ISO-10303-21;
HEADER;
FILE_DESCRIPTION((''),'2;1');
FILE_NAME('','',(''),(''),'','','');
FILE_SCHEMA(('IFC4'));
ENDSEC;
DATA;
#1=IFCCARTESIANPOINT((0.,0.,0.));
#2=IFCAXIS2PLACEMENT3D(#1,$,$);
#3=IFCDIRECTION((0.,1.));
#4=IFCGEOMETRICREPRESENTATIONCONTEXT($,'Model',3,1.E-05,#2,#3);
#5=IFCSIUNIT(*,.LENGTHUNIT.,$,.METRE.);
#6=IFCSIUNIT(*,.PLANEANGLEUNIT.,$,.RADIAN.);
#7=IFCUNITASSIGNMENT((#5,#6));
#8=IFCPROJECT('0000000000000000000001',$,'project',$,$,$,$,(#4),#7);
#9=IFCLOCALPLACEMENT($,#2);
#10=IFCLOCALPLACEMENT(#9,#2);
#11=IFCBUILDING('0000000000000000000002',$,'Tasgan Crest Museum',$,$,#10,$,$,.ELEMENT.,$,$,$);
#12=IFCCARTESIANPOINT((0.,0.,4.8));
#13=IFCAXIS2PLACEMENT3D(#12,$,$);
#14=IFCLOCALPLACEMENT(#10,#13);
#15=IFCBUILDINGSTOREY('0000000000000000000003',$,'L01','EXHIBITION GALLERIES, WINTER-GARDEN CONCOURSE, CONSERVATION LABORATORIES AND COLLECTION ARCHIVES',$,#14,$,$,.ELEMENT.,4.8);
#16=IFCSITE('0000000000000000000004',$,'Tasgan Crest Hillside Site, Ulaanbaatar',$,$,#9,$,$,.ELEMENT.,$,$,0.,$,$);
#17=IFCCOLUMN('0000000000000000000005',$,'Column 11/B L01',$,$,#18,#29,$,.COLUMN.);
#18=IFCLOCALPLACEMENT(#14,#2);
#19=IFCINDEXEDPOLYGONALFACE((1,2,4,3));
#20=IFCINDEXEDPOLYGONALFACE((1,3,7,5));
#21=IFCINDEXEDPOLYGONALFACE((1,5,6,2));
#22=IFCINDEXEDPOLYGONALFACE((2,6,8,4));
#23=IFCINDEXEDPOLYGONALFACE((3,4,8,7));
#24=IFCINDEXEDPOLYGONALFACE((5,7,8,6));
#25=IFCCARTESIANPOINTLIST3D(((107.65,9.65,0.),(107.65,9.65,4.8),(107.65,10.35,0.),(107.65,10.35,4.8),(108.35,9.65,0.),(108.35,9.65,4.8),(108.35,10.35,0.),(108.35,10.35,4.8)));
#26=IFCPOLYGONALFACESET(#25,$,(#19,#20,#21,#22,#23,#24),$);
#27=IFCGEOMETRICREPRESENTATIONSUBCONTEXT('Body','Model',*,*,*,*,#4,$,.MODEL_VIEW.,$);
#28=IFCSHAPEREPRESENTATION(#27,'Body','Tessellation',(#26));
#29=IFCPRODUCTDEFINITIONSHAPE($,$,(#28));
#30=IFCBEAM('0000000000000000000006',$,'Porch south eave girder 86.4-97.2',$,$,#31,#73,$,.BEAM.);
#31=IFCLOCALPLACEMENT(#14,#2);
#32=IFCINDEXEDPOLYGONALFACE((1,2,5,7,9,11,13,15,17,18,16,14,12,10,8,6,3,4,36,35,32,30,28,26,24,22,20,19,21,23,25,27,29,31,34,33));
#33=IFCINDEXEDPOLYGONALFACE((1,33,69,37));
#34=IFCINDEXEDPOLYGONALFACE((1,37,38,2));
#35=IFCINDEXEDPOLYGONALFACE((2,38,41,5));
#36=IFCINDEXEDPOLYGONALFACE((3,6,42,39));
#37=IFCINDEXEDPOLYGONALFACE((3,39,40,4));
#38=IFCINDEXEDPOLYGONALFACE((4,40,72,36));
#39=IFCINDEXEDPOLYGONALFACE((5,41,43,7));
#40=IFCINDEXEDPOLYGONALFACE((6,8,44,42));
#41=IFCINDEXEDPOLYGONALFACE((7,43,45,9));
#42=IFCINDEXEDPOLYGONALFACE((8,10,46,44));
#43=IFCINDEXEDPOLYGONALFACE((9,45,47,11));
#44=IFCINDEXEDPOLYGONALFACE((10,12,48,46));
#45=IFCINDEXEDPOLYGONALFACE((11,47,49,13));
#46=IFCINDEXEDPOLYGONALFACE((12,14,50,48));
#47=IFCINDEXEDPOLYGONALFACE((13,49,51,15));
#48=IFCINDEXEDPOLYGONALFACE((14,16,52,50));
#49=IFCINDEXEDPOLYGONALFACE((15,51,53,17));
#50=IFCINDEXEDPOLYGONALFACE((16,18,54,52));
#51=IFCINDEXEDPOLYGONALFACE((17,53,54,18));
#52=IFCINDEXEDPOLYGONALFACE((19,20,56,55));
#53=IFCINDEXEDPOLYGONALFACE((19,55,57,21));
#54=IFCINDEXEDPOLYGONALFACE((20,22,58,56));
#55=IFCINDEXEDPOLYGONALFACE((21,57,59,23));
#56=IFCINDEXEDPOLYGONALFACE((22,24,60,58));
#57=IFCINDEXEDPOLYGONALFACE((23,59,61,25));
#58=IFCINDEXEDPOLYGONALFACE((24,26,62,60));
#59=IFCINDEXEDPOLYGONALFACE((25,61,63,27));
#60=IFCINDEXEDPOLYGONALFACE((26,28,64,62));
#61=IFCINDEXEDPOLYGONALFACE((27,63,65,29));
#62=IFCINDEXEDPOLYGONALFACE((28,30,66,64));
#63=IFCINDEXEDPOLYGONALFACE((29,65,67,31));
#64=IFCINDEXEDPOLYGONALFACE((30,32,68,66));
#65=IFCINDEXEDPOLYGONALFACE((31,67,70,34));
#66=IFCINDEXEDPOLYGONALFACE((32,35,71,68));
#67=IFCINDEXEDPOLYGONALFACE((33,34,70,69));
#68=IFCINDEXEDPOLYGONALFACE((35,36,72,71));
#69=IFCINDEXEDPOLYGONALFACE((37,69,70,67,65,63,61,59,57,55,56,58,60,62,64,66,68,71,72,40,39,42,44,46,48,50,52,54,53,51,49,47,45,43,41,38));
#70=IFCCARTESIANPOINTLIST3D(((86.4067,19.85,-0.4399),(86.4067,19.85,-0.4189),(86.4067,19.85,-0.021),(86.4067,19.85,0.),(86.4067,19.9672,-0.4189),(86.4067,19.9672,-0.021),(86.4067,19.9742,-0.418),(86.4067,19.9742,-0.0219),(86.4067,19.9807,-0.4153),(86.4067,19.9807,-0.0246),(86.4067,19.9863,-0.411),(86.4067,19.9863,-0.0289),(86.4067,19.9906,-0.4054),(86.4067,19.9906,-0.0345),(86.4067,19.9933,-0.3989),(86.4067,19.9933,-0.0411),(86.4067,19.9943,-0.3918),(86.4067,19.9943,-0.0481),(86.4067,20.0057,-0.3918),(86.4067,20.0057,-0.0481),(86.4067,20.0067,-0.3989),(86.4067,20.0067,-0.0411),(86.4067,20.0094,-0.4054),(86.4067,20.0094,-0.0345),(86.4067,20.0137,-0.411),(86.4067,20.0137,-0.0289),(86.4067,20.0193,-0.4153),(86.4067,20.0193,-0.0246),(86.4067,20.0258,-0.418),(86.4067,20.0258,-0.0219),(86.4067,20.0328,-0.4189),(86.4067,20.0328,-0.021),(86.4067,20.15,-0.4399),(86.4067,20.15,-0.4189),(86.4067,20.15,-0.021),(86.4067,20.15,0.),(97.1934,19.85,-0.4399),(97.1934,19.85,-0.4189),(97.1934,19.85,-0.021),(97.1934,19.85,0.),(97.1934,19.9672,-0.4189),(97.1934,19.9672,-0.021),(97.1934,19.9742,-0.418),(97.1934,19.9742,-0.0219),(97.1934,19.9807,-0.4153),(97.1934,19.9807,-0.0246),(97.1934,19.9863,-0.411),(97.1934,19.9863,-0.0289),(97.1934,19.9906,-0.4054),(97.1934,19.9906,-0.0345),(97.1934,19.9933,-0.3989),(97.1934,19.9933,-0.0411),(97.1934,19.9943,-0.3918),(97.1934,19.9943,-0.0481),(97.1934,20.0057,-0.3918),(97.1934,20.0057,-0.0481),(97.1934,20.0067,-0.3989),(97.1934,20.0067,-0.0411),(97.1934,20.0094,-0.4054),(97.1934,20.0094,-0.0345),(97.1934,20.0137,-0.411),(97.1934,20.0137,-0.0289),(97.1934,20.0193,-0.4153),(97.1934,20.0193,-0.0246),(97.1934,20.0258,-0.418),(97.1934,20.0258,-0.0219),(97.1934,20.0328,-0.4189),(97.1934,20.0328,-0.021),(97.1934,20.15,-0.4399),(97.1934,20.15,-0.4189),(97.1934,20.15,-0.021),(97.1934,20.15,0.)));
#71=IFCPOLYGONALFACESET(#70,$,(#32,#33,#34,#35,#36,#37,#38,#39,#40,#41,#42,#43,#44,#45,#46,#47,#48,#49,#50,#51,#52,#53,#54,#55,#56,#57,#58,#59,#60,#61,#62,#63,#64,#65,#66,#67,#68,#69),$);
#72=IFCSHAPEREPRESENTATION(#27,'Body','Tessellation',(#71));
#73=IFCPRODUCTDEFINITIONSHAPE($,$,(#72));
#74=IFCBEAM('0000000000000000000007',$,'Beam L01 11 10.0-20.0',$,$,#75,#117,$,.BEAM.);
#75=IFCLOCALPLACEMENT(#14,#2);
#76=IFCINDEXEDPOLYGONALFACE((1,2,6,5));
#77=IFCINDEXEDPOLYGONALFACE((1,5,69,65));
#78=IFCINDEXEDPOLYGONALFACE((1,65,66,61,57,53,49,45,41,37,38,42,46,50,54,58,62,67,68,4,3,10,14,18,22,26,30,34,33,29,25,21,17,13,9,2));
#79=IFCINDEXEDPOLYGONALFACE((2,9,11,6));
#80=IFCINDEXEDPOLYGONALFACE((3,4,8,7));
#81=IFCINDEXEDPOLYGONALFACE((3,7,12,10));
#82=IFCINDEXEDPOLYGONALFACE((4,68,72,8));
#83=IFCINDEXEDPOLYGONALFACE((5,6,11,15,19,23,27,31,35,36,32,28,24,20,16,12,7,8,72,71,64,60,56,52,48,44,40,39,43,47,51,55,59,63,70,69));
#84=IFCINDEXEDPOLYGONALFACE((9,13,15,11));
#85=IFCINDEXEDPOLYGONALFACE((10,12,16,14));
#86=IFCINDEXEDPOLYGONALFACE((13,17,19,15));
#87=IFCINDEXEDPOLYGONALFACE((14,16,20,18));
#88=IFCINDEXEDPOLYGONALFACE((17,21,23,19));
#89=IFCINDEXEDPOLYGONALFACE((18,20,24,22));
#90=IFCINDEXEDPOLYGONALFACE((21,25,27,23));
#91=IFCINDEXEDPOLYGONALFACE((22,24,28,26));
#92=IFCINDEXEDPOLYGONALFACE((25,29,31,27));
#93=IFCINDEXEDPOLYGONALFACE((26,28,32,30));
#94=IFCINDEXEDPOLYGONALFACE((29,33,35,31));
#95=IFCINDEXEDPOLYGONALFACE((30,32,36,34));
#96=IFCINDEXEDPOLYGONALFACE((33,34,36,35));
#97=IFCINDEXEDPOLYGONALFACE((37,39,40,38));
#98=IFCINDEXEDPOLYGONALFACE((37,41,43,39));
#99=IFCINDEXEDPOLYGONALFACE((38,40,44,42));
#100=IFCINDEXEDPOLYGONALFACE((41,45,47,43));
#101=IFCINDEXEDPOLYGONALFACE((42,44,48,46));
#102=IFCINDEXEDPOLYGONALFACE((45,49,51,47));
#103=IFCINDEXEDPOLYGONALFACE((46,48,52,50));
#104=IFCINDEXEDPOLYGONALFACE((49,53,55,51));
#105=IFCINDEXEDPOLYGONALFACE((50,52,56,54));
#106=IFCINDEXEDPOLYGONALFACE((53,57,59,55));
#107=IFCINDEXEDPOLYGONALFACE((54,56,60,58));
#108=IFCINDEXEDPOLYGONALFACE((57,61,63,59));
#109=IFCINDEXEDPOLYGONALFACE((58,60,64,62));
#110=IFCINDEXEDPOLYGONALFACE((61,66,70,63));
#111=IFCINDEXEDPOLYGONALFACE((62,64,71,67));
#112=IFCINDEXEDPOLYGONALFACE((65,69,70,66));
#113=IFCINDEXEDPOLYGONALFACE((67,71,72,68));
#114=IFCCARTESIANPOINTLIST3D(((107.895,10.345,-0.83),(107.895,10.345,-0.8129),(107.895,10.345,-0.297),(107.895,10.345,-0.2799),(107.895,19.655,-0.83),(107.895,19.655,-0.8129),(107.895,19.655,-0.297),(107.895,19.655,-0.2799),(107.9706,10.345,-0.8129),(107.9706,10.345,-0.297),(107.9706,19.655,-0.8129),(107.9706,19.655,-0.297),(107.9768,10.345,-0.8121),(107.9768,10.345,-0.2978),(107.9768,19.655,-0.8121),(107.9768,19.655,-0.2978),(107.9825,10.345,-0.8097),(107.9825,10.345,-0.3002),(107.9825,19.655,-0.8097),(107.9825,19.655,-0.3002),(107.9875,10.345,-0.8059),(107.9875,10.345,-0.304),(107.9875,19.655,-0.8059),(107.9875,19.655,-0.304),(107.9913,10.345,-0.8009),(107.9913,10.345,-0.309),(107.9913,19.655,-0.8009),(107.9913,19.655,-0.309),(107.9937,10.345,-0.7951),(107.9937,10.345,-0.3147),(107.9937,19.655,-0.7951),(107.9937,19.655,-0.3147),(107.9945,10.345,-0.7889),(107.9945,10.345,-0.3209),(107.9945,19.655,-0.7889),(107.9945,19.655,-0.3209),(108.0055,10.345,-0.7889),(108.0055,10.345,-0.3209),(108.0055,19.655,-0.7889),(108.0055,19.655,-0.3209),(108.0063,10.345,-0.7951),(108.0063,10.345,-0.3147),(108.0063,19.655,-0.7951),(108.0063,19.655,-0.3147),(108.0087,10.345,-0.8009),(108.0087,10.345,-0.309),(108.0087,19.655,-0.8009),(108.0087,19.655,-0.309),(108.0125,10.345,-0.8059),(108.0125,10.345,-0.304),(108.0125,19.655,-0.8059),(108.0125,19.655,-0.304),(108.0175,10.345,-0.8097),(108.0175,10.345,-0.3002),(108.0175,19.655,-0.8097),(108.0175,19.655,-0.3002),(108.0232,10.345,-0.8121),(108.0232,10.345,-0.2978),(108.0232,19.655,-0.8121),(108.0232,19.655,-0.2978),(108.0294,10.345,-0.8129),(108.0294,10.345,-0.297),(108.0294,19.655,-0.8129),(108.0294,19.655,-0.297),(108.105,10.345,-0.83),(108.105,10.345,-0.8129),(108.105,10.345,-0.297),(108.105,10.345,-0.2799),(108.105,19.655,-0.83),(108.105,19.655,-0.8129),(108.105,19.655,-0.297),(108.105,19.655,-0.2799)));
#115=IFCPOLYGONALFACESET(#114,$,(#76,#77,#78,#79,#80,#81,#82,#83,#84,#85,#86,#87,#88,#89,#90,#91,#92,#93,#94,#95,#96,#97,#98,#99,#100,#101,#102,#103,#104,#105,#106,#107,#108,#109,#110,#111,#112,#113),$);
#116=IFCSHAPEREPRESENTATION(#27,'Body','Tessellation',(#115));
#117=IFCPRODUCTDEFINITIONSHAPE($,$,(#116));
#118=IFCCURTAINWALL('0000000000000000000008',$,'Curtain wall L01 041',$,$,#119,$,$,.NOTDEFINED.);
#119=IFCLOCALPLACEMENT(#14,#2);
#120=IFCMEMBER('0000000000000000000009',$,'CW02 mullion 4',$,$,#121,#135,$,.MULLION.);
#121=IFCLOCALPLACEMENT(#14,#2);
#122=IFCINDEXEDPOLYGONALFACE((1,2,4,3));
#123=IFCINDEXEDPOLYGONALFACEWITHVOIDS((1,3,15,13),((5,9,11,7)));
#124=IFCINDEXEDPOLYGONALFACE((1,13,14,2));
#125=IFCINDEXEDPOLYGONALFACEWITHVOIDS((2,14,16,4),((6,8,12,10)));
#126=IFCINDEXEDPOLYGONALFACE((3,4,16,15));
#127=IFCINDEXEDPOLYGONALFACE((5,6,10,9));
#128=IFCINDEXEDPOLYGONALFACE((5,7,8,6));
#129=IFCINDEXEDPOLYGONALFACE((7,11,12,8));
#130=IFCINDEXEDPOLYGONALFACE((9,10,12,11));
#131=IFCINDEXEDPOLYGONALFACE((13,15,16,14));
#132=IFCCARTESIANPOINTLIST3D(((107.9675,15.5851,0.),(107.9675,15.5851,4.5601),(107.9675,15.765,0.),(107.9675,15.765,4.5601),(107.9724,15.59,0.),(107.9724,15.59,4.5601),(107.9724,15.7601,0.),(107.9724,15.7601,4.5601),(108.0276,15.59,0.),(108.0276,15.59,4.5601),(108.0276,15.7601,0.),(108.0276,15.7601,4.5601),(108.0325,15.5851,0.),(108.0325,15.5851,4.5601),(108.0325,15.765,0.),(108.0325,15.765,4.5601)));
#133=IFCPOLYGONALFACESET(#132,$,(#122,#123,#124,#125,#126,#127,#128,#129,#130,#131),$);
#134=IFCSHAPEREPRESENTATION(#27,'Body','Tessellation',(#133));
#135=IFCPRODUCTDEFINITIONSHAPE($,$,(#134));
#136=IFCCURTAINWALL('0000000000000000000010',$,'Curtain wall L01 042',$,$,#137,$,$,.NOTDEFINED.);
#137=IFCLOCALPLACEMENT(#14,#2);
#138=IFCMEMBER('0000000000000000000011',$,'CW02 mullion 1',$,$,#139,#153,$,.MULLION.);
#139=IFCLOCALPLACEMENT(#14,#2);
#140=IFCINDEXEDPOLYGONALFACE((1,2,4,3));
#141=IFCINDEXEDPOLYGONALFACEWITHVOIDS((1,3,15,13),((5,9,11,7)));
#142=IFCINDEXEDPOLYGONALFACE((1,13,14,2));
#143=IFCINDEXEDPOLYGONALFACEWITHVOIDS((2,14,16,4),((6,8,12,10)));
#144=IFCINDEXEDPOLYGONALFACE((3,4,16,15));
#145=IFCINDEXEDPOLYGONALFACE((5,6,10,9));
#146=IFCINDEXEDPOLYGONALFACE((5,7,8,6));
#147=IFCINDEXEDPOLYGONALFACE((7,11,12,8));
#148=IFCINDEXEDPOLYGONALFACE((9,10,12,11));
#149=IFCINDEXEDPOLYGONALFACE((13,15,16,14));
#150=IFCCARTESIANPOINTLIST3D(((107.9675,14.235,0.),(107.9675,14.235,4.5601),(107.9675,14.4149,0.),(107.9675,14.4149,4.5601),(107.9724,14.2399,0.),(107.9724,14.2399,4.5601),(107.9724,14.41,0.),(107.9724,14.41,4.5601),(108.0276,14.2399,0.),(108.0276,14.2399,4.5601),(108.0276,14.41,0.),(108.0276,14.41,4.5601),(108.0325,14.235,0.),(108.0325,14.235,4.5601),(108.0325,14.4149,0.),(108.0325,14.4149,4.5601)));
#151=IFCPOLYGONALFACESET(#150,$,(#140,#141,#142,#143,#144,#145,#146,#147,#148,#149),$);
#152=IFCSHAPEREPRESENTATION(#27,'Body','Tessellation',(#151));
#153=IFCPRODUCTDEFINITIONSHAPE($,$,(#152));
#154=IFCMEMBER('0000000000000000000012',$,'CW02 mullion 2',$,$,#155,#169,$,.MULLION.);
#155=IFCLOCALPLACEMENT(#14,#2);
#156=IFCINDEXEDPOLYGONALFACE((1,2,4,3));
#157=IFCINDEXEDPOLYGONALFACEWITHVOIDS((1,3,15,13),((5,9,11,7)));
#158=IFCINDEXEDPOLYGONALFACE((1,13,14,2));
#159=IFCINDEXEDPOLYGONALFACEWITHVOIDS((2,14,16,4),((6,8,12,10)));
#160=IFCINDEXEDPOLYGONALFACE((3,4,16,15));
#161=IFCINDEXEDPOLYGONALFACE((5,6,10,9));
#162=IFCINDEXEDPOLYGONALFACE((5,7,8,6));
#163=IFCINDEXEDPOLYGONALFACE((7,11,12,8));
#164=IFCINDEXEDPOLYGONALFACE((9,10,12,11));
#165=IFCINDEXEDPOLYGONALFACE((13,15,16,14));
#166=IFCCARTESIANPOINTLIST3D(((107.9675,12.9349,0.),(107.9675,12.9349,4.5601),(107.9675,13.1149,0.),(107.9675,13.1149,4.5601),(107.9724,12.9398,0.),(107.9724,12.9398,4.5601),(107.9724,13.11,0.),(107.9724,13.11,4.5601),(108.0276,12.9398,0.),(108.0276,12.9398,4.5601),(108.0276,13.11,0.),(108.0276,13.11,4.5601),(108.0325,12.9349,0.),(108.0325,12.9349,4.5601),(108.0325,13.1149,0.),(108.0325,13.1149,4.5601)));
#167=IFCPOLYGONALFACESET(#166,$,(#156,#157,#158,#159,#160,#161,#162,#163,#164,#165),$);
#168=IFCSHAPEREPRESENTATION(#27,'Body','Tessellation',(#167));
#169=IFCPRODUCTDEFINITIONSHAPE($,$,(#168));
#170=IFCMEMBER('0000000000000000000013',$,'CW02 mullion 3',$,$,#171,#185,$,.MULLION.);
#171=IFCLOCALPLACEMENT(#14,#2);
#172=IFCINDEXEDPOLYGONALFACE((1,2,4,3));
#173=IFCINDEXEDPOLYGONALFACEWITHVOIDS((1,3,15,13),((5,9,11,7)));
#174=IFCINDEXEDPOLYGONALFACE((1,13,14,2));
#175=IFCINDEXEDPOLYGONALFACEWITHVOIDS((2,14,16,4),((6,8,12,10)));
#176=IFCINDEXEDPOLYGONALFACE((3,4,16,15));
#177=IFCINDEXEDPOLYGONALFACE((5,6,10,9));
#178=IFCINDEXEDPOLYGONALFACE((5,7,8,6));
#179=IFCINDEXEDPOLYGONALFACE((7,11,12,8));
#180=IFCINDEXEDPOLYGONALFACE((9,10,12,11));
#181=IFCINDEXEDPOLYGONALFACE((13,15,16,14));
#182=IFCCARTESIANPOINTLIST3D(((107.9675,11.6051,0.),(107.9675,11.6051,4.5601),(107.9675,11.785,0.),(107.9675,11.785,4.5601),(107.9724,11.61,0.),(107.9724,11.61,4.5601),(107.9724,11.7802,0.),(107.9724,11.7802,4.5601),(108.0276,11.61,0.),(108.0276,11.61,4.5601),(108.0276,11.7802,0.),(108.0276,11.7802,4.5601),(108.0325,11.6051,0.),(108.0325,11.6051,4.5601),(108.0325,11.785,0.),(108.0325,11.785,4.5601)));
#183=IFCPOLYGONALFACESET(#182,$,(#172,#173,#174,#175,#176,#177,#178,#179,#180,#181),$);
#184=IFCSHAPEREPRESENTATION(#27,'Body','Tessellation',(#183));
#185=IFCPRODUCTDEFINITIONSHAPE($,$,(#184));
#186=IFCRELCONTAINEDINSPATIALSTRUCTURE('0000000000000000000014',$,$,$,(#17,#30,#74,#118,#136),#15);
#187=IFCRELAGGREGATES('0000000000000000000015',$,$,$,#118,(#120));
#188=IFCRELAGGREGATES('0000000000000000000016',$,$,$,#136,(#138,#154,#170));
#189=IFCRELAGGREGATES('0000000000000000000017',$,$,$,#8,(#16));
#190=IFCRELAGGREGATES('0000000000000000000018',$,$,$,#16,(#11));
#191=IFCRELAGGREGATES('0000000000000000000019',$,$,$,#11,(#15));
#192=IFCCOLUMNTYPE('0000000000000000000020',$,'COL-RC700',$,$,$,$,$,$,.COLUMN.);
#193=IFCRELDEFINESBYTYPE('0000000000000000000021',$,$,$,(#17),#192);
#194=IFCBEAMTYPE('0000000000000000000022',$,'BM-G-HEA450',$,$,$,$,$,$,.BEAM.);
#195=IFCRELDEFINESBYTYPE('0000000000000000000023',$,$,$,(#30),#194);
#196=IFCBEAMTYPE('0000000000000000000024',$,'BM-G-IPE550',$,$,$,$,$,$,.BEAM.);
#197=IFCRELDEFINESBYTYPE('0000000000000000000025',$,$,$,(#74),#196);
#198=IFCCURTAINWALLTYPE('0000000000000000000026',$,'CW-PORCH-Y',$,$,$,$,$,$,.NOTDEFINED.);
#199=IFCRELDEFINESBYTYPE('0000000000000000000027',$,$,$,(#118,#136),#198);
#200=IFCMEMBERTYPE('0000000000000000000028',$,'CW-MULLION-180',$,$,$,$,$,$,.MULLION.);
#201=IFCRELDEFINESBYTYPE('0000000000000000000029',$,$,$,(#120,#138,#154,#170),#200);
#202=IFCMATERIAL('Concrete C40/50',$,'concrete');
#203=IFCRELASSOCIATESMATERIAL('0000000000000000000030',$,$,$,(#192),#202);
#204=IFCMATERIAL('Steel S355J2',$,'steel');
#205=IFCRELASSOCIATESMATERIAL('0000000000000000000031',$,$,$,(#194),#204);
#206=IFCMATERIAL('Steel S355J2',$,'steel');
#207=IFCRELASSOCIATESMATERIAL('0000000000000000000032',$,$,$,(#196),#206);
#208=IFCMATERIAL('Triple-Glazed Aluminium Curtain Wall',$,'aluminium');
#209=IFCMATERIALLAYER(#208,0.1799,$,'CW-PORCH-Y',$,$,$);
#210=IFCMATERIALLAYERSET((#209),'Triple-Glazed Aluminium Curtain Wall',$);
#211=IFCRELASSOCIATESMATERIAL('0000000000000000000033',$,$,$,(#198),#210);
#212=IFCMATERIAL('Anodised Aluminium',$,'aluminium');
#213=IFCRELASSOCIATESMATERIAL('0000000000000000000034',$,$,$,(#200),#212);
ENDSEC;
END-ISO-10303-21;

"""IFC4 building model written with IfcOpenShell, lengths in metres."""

from ifc_helpers import new_model, si_unit, direction, frame, origin, origin_2d, place, context, subcontext, project, spatial, rectangle, hollow_rectangle, i_section, extrude, material, layer, layer_set, material_profile, profile_set, type_object, element, aggregate, save


model = new_model("IFC4")

# Units and contexts
model_context = context("Model", 3, precision=1e-05, world=origin(), true_north=direction((0.0, 1.0)))
body_context = subcontext(model_context, "Body", "Model", "MODEL_VIEW")
ifc_project = project(units=[si_unit("LENGTHUNIT", "METRE"), si_unit("PLANEANGLEUNIT", "RADIAN")], contexts=[model_context])

# Site, building, storey
site_placement = place(None, origin())
site = spatial("IfcSite", under=ifc_project, at=site_placement, Name="Tasgan Crest Hillside Site, Ulaanbaatar", CompositionType="ELEMENT", RefElevation=0.0)
building_placement = place(site_placement, origin())
building = spatial("IfcBuilding", under=site, at=building_placement, Name="Tasgan Crest Museum", CompositionType="ELEMENT")
storey_placement = place(building_placement, frame((0.0, 0.0, 4.8)))
storey = spatial("IfcBuildingStorey", under=building, at=storey_placement, Name="L01", Description="EXHIBITION GALLERIES, WINTER-GARDEN CONCOURSE, CONSERVATION LABORATORIES AND COLLECTION ARCHIVES", CompositionType="ELEMENT", Elevation=4.8)

# Column
ifc_material_1 = material(Name="Concrete C40/50", Category="concrete")
ifc_material_profile_1 = material_profile(ifc_material_1, rectangle(XDim=0.7, YDim=0.7, at=origin_2d()), Name="RC 700x700")
ifc_profile_set_1 = profile_set([ifc_material_profile_1], Name="Concrete C40/50")
column_type = type_object("IfcColumnType", Name="COL-RC700", PredefinedType="COLUMN", material=ifc_profile_set_1)
column_placement = place(storey_placement, frame((108.0, 10.0, 0.0), z_axis=(0.0, 0.0, 1.0), x_axis=(1.0, 0.0, 0.0)))
element("IfcColumn", 1, at=column_placement, inside=storey, type_object=column_type, Name="Column 11/B L01", PredefinedType="COLUMN", context=body_context, shape_type="SweptSolid", body=[
    extrude(rectangle(XDim=0.7, YDim=0.7, at=origin_2d()), origin(), (0.0, 0.0, 1.0), 4.8),
])

# Beams
ifc_material_2 = material(Name="Steel S355J2", Category="steel")
ifc_material_profile_2 = material_profile(ifc_material_2, i_section(OverallWidth=0.3, OverallDepth=0.4399, WebThickness=0.0115, FlangeThickness=0.021, FilletRadius=0.0271, at=origin_2d()), Name="HEA 450")
ifc_profile_set_2 = profile_set([ifc_material_profile_2], Name="Steel S355J2")
beam_type_1 = type_object("IfcBeamType", Name="BM-G-HEA450", PredefinedType="BEAM", material=ifc_profile_set_2)
beam_1_placement = place(storey_placement, frame((86.4067, 20.0, -0.22), z_axis=(1.0, 0.0, 0.0), x_axis=(0.0, 1.0, 0.0)))
element("IfcBeam", 2, at=beam_1_placement, inside=storey, type_object=beam_type_1, Name="Porch south eave girder 86.4-97.2", PredefinedType="BEAM", context=body_context, shape_type="SweptSolid", body=[
    extrude(i_section(OverallWidth=0.3, OverallDepth=0.4399, WebThickness=0.0115, FlangeThickness=0.021, FilletRadius=0.0271, at=origin_2d()), origin(), (0.0, 0.0, 1.0), 10.7866),
])
ifc_material_3 = material(Name="Steel S355J2", Category="steel")
ifc_material_profile_3 = material_profile(ifc_material_3, i_section(OverallWidth=0.21, OverallDepth=0.55, WebThickness=0.011, FlangeThickness=0.0171, FilletRadius=0.0239, at=origin_2d()), Name="IPE 550")
ifc_profile_set_3 = profile_set([ifc_material_profile_3], Name="Steel S355J2")
beam_type_2 = type_object("IfcBeamType", Name="BM-G-IPE550", PredefinedType="BEAM", material=ifc_profile_set_3)
beam_2_placement = place(storey_placement, frame((108.0, 10.345, -0.5549), z_axis=(0.0, 1.0, 0.0), x_axis=(-1.0, 0.0, 0.0)))
element("IfcBeam", 3, at=beam_2_placement, inside=storey, type_object=beam_type_2, Name="Beam L01 11 10.0-20.0", PredefinedType="BEAM", context=body_context, shape_type="SweptSolid", body=[
    extrude(i_section(OverallWidth=0.21, OverallDepth=0.55, WebThickness=0.011, FlangeThickness=0.0171, FilletRadius=0.0239, at=origin_2d()), origin(), (0.0, 0.0, 1.0), 9.3101),
])

# Curtain wall, member
ifc_material_4 = material(Name="Triple-Glazed Aluminium Curtain Wall", Category="aluminium")
ifc_layer_1 = layer(ifc_material_4, 0.1799, Name="CW-PORCH-Y")
ifc_layer_set_1 = layer_set([ifc_layer_1], Name="Triple-Glazed Aluminium Curtain Wall")
curtain_wall_type = type_object("IfcCurtainWallType", Name="CW-PORCH-Y", PredefinedType="NOTDEFINED", material=ifc_layer_set_1)
curtain_wall_1_placement = place(storey_placement, origin())
curtain_wall_1 = element("IfcCurtainWall", 4, at=curtain_wall_1_placement, inside=storey, type_object=curtain_wall_type, Name="Curtain wall L01 041", PredefinedType="NOTDEFINED")
ifc_material_5 = material(Name="Anodised Aluminium", Category="aluminium")
ifc_material_profile_4 = material_profile(ifc_material_5, hollow_rectangle(XDim=0.0649, YDim=0.1799, WallThickness=0.0049, at=origin_2d()), Name="ALU MULLION 180x65x5")
ifc_profile_set_4 = profile_set([ifc_material_profile_4], Name="Anodised Aluminium")
member_type_1 = type_object("IfcMemberType", Name="CW-MULLION-180", PredefinedType="MULLION", material=ifc_profile_set_4)
member_1_placement = place(storey_placement, frame((108.0, 15.675, 0.0), z_axis=(0.0, 0.0, 1.0), x_axis=(1.0, 0.0, 0.0)))
member_1 = element("IfcMember", 5, at=member_1_placement, type_object=member_type_1, Name="CW02 mullion 4", PredefinedType="MULLION", context=body_context, shape_type="SweptSolid", body=[
    extrude(hollow_rectangle(XDim=0.0649, YDim=0.1799, WallThickness=0.0049, at=origin_2d()), origin(), (0.0, 0.0, 1.0), 4.5601),
])
aggregate(curtain_wall_1, [member_1])

# Curtain wall, members
curtain_wall_2_placement = place(storey_placement, origin())
curtain_wall_2 = element("IfcCurtainWall", 6, at=curtain_wall_2_placement, inside=storey, type_object=curtain_wall_type, Name="Curtain wall L01 042", PredefinedType="NOTDEFINED")
member_2_placement = place(storey_placement, frame((108.0, 14.325, 0.0), z_axis=(0.0, 0.0, 1.0), x_axis=(1.0, 0.0, 0.0)))
member_2 = element("IfcMember", 7, at=member_2_placement, type_object=member_type_1, Name="CW02 mullion 1", PredefinedType="MULLION", context=body_context, shape_type="SweptSolid", body=[
    extrude(hollow_rectangle(XDim=0.0649, YDim=0.1799, WallThickness=0.0049, at=origin_2d()), origin(), (0.0, 0.0, 1.0), 4.5601),
])
member_3_placement = place(storey_placement, frame((108.0, 13.0249, 0.0), z_axis=(0.0, 0.0, 1.0), x_axis=(1.0, 0.0, 0.0)))
member_3 = element("IfcMember", 8, at=member_3_placement, type_object=member_type_1, Name="CW02 mullion 2", PredefinedType="MULLION", context=body_context, shape_type="SweptSolid", body=[
    extrude(hollow_rectangle(XDim=0.0649, YDim=0.1799, WallThickness=0.0049, at=origin_2d()), origin(), (0.0, 0.0, 1.0), 4.5601),
])
member_4_placement = place(storey_placement, frame((108.0, 11.6951, 0.0), z_axis=(0.0, 0.0, 1.0), x_axis=(1.0, 0.0, 0.0)))
member_4 = element("IfcMember", 9, at=member_4_placement, type_object=member_type_1, Name="CW02 mullion 3", PredefinedType="MULLION", context=body_context, shape_type="SweptSolid", body=[
    extrude(hollow_rectangle(XDim=0.0649, YDim=0.1799, WallThickness=0.0049, at=origin_2d()), origin(), (0.0, 0.0, 1.0), 4.5601),
])
aggregate(curtain_wall_2, [member_2, member_3, member_4])

save(model, "model.ifc")
